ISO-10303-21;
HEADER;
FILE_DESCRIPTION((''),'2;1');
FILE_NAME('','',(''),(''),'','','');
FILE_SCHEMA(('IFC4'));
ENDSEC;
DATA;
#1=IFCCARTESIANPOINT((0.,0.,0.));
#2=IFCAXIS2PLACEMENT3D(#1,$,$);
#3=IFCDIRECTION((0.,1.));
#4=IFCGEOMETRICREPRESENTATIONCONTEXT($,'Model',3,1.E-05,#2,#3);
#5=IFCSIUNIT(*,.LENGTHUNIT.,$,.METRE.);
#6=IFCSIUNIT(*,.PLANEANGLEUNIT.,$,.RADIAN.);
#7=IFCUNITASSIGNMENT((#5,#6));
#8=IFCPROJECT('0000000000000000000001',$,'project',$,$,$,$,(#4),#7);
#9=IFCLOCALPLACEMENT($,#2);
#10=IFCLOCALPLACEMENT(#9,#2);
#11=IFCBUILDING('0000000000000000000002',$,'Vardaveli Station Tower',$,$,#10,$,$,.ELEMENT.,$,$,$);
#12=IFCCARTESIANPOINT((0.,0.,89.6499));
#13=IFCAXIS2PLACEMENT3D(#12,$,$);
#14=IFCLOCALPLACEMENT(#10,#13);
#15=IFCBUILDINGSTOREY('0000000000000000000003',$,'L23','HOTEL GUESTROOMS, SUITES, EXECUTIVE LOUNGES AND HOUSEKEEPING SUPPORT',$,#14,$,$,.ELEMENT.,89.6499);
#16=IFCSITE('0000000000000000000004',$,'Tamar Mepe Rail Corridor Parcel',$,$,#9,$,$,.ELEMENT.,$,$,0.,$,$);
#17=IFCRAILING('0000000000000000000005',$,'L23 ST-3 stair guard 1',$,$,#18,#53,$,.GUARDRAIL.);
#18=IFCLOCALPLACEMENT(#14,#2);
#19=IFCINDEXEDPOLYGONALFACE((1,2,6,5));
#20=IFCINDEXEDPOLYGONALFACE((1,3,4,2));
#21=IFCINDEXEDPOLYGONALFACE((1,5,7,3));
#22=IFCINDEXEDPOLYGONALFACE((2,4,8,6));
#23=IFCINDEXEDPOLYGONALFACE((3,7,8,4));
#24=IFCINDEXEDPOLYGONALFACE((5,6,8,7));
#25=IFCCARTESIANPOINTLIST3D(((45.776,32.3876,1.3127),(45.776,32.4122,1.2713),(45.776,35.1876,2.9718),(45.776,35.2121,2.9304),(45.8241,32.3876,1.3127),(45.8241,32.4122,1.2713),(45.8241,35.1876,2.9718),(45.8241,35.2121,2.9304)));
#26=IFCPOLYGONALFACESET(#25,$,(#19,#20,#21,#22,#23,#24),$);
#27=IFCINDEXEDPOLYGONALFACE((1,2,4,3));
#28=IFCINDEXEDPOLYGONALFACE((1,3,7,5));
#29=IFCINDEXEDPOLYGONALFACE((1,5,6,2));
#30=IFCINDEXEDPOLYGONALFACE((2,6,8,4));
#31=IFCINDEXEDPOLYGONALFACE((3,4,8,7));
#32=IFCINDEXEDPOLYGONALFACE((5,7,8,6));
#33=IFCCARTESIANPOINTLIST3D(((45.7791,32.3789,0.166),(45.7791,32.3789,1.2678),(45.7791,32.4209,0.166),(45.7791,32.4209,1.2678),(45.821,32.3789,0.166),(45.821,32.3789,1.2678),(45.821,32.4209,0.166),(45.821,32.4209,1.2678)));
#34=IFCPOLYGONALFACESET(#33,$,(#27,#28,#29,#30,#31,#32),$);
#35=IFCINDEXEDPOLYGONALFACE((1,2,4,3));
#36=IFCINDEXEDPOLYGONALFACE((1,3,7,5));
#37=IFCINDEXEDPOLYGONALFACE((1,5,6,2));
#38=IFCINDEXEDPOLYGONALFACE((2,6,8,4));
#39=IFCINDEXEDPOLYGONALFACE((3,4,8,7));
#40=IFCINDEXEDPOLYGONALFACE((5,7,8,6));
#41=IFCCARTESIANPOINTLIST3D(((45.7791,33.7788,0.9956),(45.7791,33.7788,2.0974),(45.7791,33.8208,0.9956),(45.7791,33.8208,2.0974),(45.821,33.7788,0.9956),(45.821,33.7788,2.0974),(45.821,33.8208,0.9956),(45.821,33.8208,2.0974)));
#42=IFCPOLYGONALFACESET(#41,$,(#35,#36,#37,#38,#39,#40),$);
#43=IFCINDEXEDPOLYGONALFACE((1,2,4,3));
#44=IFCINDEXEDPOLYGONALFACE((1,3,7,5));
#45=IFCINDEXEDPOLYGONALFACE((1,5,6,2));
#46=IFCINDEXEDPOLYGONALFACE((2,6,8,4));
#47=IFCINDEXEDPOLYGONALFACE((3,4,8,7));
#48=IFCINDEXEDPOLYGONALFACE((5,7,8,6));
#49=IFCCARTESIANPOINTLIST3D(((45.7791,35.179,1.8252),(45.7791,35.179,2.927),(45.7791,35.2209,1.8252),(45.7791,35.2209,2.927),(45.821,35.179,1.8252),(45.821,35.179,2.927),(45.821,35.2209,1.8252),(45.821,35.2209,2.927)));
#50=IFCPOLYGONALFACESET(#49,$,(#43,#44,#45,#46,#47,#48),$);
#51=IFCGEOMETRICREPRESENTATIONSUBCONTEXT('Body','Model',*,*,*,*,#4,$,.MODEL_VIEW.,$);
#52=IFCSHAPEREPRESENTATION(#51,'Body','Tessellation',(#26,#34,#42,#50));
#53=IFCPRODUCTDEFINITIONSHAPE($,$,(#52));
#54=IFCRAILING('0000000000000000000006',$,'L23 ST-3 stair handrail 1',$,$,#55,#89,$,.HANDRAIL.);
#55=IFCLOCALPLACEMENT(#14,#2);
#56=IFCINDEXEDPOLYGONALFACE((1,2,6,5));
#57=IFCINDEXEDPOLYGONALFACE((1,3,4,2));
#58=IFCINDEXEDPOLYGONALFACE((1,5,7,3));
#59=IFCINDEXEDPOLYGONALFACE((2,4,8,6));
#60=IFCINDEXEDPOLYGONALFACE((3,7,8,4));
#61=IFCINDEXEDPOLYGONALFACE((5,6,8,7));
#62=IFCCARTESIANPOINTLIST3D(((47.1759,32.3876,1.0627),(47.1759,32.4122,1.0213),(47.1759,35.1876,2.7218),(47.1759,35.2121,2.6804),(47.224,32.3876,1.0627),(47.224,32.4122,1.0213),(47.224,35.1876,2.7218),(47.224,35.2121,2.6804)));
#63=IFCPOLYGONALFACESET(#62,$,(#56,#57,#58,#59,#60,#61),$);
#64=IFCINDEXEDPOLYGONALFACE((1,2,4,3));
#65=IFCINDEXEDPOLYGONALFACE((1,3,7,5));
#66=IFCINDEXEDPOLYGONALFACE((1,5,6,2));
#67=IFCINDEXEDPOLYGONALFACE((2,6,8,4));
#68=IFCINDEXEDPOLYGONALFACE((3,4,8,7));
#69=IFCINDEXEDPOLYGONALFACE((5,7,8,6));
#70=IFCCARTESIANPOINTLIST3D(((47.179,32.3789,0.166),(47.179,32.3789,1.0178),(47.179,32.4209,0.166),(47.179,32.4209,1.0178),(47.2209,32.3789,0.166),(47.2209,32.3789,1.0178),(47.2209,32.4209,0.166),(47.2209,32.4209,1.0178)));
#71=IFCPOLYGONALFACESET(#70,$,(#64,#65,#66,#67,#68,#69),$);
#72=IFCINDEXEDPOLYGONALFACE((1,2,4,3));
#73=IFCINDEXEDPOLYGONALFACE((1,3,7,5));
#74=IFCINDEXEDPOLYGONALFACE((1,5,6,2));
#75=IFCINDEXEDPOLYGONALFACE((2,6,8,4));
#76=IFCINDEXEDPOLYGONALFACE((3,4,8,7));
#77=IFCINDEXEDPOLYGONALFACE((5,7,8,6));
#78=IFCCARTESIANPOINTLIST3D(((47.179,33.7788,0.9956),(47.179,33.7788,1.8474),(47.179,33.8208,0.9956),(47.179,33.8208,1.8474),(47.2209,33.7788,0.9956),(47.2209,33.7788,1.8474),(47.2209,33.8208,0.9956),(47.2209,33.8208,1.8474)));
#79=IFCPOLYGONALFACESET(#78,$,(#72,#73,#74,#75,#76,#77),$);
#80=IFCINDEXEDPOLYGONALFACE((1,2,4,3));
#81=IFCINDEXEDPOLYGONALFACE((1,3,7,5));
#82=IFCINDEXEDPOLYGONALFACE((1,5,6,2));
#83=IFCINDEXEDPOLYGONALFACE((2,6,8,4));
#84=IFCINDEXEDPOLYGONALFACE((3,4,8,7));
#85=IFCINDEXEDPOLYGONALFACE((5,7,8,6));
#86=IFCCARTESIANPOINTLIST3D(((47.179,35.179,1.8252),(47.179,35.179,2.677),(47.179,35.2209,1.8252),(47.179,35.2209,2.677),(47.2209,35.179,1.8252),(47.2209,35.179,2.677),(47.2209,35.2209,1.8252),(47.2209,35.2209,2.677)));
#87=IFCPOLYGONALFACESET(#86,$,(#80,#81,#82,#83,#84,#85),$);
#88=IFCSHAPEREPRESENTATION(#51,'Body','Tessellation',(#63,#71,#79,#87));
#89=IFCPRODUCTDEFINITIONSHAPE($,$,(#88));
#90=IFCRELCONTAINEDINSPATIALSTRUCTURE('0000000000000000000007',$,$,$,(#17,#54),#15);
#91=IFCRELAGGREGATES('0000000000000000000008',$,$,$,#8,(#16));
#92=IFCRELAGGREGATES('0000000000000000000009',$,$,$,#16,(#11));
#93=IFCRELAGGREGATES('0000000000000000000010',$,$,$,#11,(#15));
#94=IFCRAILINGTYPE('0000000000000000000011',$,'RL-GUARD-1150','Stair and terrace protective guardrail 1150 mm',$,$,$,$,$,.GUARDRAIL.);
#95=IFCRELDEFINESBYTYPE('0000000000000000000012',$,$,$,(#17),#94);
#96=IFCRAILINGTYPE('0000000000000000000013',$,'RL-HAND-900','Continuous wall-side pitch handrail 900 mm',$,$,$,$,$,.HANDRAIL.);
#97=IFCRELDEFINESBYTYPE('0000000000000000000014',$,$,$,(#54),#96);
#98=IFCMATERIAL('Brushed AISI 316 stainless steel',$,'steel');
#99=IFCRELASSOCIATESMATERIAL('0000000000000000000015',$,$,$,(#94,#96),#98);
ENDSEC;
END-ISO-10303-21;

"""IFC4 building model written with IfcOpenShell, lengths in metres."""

from ifc_helpers import new_model, si_unit, direction, frame, origin, origin_2d, place, context, subcontext, project, spatial, rectangle, extrude, source, transform, mapped, material, type_object, element, save


model = new_model("IFC4")

# Units and contexts
model_context = context("Model", 3, precision=1e-05, world=origin(), true_north=direction((0.0, 1.0)))
body_context = subcontext(model_context, "Body", "Model", "MODEL_VIEW")
ifc_project = project(units=[si_unit("LENGTHUNIT", "METRE"), si_unit("PLANEANGLEUNIT", "RADIAN")], contexts=[model_context])

# Site, building, storey
site_placement = place(None, origin())
site = spatial("IfcSite", under=ifc_project, at=site_placement, Name="Tamar Mepe Rail Corridor Parcel", CompositionType="ELEMENT", RefElevation=0.0)
building_placement = place(site_placement, origin())
building = spatial("IfcBuilding", under=site, at=building_placement, Name="Vardaveli Station Tower", CompositionType="ELEMENT")
storey_placement = place(building_placement, frame((0.0, 0.0, 89.6499)))
storey = spatial("IfcBuildingStorey", under=building, at=storey_placement, Name="L23", Description="HOTEL GUESTROOMS, SUITES, EXECUTIVE LOUNGES AND HOUSEKEEPING SUPPORT", CompositionType="ELEMENT", Elevation=89.6499)

# Railings
ifc_material_1 = material(Name="Brushed AISI 316 stainless steel", Category="steel")
railing_type_1 = type_object("IfcRailingType", Name="RL-GUARD-1150", Description="Stair and terrace protective guardrail 1150 mm", PredefinedType="GUARDRAIL", material=ifc_material_1)
shared_shape_1 = source(origin(), body_context, "Body", "SweptSolid", [
    extrude(rectangle(XDim=0.0481, YDim=0.0481, at=origin_2d()), frame((0.0, 0.0, 1.126), z_axis=(0.0, 0.860306, 0.509778), x_axis=(-1.0, 0.0, 0.0)), (0.0, 0.0, 1.0), 3.2546),
    extrude(rectangle(XDim=0.042, YDim=0.042, at=origin_2d()), origin(), (0.0, 0.0, 1.0), 1.1018),
    extrude(rectangle(XDim=0.042, YDim=0.042, at=origin_2d()), frame((0.0, 1.3999, 0.8296)), (0.0, 0.0, 1.0), 1.1018),
    extrude(rectangle(XDim=0.042, YDim=0.042, at=origin_2d()), frame((0.0, 2.8, 1.6592)), (0.0, 0.0, 1.0), 1.1018),
])
railing_1_placement = place(storey_placement, frame((45.8, 32.3999, 0.166)))
element("IfcRailing", 1, at=railing_1_placement, inside=storey, type_object=railing_type_1, Name="L23 ST-3 stair guard 1", PredefinedType="GUARDRAIL", context=body_context, shape_type="MappedRepresentation", body=[
    mapped(shared_shape_1, transform((0.0, 0.0, 0.0), scale=1.0)),
])
railing_type_2 = type_object("IfcRailingType", Name="RL-HAND-900", Description="Continuous wall-side pitch handrail 900 mm", PredefinedType="HANDRAIL", material=ifc_material_1)
shared_shape_2 = source(origin(), body_context, "Body", "SweptSolid", [
    extrude(rectangle(XDim=0.0481, YDim=0.0481, at=origin_2d()), frame((0.0, 0.0, 0.876), z_axis=(0.0, 0.860306, 0.509778), x_axis=(-1.0, 0.0, 0.0)), (0.0, 0.0, 1.0), 3.2546),
    extrude(rectangle(XDim=0.042, YDim=0.042, at=origin_2d()), origin(), (0.0, 0.0, 1.0), 0.8518),
    extrude(rectangle(XDim=0.042, YDim=0.042, at=origin_2d()), frame((0.0, 1.3999, 0.8296)), (0.0, 0.0, 1.0), 0.8518),
    extrude(rectangle(XDim=0.042, YDim=0.042, at=origin_2d()), frame((0.0, 2.8, 1.6592)), (0.0, 0.0, 1.0), 0.8518),
])
railing_2_placement = place(storey_placement, frame((47.2, 32.3999, 0.166)))
element("IfcRailing", 2, at=railing_2_placement, inside=storey, type_object=railing_type_2, Name="L23 ST-3 stair handrail 1", PredefinedType="HANDRAIL", context=body_context, shape_type="MappedRepresentation", body=[
    mapped(shared_shape_2, transform((0.0, 0.0, 0.0), scale=1.0)),
])

save(model, "model.ifc")
